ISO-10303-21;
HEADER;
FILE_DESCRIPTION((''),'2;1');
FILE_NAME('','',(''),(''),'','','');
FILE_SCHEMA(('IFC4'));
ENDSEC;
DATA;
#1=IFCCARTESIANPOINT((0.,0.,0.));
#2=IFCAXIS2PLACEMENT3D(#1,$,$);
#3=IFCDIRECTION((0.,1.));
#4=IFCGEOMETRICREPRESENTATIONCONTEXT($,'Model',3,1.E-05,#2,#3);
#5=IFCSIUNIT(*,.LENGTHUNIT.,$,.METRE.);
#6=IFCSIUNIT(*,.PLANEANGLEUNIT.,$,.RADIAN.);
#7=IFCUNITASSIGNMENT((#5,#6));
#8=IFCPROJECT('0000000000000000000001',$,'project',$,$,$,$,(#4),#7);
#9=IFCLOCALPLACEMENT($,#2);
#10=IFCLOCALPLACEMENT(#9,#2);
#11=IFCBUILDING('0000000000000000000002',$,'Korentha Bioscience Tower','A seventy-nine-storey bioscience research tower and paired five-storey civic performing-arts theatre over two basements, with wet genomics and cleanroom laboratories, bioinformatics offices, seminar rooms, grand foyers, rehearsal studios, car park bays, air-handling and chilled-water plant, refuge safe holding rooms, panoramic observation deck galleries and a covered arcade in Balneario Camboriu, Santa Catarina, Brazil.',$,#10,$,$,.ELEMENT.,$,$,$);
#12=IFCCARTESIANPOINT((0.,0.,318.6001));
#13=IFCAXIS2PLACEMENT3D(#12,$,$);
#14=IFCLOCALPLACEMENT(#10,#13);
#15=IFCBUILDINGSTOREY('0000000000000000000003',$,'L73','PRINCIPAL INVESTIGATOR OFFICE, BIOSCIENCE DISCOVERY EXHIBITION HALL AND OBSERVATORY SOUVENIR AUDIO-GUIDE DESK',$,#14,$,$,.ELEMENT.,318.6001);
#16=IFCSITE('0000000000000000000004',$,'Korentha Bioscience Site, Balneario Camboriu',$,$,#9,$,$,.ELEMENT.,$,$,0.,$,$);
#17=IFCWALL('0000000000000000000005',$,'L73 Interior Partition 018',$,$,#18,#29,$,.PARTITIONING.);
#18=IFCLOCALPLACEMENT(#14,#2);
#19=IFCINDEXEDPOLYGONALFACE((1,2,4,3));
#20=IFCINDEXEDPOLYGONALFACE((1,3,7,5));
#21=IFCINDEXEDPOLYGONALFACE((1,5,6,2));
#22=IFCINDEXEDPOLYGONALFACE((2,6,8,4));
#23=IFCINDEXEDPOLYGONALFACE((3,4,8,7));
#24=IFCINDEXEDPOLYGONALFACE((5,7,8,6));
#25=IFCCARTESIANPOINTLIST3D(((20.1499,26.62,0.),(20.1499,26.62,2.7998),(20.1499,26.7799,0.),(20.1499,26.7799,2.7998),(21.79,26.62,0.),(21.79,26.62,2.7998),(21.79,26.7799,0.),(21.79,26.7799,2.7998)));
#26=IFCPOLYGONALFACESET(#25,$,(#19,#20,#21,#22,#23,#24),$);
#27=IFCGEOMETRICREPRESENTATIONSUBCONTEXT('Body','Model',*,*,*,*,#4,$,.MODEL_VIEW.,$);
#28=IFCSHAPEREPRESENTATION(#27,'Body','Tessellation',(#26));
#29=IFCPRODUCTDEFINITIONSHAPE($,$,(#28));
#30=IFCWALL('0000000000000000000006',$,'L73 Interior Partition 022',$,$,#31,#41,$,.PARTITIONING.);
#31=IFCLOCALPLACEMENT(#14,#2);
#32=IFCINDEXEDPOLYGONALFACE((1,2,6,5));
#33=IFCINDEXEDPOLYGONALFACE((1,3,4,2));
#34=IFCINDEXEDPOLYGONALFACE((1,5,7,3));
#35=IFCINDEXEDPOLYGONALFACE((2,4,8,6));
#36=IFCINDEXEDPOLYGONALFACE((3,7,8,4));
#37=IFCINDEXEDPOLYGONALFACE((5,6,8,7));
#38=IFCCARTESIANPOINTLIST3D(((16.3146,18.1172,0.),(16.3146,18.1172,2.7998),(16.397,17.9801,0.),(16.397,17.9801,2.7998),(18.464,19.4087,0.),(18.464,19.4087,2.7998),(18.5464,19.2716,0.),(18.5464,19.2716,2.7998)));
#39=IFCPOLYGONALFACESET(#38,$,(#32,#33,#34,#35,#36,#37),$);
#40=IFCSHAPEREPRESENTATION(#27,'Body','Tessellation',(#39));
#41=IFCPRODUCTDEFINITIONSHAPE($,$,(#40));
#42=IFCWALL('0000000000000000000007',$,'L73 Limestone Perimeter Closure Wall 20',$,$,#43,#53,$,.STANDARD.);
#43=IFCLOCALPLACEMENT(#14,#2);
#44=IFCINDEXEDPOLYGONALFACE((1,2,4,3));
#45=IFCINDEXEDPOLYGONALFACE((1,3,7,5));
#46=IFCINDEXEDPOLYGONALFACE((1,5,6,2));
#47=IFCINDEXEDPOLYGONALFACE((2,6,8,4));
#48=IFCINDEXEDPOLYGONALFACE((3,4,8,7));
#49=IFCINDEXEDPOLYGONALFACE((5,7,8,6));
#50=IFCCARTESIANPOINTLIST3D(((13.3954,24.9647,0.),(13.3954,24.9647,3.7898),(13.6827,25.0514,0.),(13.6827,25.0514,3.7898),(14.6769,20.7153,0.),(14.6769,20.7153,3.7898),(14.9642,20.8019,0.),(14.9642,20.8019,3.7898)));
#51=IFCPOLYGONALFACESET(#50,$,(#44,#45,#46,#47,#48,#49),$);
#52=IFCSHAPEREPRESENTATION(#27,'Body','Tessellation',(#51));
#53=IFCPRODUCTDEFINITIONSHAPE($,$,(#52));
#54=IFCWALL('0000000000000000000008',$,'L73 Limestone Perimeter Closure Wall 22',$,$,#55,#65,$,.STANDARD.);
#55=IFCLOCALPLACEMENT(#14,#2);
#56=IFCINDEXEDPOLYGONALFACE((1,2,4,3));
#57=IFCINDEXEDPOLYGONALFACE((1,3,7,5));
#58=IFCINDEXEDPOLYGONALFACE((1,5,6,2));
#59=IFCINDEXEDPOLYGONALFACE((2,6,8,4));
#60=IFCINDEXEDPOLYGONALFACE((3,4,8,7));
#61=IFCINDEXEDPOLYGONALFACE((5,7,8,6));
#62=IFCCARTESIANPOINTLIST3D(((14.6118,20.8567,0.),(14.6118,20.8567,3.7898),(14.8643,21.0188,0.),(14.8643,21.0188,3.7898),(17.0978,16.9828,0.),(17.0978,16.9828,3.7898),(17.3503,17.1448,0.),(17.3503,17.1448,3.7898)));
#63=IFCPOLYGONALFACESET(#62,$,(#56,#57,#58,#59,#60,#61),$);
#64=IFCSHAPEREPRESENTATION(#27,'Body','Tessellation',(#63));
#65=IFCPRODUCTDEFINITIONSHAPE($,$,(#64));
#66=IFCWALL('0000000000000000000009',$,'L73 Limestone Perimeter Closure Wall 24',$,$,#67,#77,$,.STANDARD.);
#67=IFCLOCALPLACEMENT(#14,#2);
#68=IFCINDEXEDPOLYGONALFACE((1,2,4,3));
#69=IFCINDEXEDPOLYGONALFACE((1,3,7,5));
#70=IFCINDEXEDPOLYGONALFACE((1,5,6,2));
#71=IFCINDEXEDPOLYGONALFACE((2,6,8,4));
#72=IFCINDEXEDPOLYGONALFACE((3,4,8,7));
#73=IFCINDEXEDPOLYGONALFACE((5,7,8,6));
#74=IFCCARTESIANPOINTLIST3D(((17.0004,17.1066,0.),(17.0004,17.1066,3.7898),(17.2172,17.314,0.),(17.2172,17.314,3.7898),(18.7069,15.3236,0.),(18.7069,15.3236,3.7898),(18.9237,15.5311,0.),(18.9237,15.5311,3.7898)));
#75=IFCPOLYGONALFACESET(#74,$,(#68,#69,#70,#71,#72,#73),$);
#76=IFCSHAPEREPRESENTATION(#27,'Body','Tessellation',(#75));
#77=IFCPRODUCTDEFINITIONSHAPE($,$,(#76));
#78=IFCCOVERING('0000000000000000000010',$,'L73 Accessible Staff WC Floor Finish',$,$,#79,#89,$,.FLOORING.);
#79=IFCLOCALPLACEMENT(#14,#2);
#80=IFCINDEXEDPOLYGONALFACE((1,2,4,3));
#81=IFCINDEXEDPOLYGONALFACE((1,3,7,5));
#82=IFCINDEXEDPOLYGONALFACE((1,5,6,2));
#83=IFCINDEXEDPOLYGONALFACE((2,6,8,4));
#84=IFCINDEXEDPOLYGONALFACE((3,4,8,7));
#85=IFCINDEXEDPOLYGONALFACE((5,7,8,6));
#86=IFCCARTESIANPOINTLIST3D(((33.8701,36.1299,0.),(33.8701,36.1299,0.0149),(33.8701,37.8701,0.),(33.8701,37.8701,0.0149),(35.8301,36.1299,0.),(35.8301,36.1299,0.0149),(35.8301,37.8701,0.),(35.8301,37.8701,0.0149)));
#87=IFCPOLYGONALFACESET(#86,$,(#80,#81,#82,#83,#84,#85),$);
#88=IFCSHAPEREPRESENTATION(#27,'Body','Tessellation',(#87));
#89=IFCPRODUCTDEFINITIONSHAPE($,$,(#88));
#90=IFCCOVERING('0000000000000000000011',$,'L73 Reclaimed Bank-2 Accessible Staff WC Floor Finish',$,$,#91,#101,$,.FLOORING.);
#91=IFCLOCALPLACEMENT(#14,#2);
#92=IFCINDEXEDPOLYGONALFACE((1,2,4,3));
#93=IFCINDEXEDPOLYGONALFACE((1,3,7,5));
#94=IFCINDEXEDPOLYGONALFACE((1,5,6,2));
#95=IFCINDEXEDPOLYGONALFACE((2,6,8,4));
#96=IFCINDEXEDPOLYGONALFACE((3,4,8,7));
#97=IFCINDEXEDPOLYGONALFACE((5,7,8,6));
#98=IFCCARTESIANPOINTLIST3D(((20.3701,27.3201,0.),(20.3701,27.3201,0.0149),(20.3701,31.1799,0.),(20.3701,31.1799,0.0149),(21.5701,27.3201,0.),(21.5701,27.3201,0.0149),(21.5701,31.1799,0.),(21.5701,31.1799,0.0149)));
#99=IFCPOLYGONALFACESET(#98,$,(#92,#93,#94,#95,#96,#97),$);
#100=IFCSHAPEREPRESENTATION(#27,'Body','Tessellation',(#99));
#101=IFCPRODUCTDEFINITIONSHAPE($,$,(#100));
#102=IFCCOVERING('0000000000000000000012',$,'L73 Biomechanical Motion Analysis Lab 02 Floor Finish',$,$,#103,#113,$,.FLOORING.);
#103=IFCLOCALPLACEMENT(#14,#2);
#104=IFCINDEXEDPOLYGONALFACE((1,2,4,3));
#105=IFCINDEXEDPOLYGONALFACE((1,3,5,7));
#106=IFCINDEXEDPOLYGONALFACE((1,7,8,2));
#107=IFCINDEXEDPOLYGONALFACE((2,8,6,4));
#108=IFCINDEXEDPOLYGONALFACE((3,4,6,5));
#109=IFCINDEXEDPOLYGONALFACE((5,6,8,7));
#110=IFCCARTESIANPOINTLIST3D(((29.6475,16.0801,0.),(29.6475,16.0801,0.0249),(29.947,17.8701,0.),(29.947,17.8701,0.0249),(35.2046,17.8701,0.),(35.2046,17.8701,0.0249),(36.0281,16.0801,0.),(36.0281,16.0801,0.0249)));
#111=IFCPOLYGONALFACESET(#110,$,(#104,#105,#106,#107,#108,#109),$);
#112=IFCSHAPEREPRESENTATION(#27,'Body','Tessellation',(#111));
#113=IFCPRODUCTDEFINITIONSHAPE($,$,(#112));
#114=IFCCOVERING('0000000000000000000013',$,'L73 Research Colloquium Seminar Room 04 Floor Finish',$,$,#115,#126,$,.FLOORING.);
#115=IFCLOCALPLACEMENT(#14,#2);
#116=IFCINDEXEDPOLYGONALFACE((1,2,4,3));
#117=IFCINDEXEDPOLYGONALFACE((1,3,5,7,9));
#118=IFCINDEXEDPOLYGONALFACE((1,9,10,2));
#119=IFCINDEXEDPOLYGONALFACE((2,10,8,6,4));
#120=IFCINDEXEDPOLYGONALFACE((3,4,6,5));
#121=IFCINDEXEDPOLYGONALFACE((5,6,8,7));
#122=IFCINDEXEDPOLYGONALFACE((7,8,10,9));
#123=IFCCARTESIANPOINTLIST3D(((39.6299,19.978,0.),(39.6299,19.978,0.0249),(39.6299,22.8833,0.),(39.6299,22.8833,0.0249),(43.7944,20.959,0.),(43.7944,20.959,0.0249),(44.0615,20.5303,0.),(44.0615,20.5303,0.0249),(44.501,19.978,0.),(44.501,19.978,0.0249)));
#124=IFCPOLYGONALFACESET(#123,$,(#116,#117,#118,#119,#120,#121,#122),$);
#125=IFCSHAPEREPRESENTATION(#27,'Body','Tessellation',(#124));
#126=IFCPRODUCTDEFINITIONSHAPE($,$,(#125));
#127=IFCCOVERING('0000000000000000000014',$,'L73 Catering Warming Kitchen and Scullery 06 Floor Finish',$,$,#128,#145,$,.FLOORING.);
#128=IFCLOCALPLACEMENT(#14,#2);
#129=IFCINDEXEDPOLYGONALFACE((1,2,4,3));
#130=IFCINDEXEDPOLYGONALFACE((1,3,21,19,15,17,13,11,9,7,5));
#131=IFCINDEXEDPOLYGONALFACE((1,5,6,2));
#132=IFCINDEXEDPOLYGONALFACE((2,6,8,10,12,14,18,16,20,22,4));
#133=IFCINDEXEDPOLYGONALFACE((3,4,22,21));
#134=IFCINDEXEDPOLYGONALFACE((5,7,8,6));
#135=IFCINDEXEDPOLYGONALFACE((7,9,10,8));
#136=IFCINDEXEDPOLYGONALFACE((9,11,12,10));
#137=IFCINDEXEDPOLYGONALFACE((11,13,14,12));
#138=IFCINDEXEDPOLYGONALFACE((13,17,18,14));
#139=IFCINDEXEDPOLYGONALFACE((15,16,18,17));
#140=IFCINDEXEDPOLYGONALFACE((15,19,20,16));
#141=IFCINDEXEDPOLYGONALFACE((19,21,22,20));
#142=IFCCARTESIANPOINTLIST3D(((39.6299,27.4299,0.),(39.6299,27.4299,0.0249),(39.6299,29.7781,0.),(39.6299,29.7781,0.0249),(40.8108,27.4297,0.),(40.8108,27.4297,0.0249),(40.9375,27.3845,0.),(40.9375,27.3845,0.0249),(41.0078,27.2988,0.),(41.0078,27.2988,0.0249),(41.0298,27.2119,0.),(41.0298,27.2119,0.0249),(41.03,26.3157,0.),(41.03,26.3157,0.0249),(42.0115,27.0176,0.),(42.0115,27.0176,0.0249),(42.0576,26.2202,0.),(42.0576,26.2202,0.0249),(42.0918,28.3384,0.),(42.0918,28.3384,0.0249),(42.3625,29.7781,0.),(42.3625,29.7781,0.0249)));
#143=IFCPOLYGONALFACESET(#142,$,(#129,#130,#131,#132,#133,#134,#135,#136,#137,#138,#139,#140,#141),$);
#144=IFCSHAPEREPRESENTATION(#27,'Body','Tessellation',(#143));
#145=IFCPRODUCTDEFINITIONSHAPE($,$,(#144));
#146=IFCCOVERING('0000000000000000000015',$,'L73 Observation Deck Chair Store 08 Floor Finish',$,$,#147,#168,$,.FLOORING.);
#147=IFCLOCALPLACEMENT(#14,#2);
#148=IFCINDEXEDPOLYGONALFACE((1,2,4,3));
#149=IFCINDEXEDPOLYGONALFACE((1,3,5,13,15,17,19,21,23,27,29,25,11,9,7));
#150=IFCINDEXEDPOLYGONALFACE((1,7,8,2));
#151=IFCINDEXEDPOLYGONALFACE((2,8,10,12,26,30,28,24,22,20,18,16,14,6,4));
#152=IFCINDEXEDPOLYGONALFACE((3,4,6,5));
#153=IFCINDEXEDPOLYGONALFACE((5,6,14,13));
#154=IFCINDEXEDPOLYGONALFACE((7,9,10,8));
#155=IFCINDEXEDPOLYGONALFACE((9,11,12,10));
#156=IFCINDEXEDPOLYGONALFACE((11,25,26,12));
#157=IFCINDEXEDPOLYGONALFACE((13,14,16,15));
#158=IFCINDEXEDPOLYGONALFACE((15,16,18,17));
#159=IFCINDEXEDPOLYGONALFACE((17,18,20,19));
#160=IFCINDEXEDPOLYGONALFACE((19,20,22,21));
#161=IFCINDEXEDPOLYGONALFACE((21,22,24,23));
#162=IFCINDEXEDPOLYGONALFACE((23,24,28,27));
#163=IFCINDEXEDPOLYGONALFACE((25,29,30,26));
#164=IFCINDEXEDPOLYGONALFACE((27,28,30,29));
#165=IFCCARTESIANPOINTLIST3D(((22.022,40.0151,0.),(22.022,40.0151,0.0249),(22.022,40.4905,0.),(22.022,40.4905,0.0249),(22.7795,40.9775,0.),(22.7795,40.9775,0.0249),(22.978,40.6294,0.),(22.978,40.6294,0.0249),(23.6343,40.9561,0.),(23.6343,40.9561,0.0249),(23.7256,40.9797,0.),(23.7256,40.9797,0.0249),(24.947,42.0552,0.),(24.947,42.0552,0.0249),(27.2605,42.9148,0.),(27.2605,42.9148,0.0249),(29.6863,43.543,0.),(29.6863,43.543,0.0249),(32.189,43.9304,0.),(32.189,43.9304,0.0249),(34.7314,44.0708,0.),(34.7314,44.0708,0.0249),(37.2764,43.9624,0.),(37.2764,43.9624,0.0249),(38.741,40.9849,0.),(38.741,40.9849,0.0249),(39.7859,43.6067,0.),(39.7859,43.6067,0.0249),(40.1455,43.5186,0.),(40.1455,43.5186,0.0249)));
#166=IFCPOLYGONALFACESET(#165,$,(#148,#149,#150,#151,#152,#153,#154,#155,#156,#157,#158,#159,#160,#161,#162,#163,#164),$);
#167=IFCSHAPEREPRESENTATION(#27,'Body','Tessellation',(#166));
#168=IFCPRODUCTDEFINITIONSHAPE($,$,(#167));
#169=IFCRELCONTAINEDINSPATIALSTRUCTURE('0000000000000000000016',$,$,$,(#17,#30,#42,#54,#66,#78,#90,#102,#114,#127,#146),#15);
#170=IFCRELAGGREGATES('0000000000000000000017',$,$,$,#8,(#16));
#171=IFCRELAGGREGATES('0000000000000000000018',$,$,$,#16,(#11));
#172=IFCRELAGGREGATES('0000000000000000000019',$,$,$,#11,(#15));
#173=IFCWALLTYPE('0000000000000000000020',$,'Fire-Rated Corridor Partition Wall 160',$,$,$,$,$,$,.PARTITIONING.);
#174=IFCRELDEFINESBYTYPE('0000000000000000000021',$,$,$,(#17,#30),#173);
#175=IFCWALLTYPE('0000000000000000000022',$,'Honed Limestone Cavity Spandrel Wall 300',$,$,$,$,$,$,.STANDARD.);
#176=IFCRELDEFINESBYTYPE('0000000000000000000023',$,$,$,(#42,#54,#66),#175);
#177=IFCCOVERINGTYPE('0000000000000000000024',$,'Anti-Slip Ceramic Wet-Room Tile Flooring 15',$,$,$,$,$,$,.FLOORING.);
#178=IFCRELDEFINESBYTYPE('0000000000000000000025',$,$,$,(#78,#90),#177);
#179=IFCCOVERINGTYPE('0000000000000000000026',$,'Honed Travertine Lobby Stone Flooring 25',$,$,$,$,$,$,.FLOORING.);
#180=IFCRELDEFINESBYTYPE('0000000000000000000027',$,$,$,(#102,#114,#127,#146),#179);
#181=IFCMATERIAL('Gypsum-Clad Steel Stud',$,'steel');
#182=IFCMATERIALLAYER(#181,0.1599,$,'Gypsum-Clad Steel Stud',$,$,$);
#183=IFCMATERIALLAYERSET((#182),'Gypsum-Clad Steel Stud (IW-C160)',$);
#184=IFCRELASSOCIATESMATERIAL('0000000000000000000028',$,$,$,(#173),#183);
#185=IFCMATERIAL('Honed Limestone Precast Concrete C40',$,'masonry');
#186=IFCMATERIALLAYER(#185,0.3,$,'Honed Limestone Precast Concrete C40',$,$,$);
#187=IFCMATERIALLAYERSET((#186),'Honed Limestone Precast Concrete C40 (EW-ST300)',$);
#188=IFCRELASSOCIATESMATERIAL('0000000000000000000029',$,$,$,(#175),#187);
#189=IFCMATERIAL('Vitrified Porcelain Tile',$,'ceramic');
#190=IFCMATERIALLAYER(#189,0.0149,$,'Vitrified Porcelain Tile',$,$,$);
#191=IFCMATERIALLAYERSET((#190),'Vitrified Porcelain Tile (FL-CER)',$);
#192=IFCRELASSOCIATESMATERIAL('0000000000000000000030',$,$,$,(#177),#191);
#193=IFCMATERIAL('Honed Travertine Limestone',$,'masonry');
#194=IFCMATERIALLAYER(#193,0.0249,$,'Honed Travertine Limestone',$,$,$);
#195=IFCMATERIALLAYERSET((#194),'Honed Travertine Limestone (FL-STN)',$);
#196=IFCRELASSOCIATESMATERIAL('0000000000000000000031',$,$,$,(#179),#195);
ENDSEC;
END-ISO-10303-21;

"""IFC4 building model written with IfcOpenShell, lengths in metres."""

from ifc_helpers import new_model, si_unit, direction, frame, frame_2d, origin, place, context, subcontext, project, spatial, polyline, rectangle, outline, extrude, material, layer, layer_set, type_object, element, save


model = new_model("IFC4")

# Units and contexts
model_context = context("Model", 3, precision=1e-05, world=origin(), true_north=direction((0.0, 1.0)))
body_context = subcontext(model_context, "Body", "Model", "MODEL_VIEW")
ifc_project = project(units=[si_unit("LENGTHUNIT", "METRE"), si_unit("PLANEANGLEUNIT", "RADIAN")], contexts=[model_context])

# Site, building, storey
site_placement = place(None, origin())
site = spatial("IfcSite", under=ifc_project, at=site_placement, Name="Korentha Bioscience Site, Balneario Camboriu", CompositionType="ELEMENT", RefElevation=0.0)
building_placement = place(site_placement, origin())
building = spatial("IfcBuilding", under=site, at=building_placement, Name="Korentha Bioscience Tower", Description="A seventy-nine-storey bioscience research tower and paired five-storey civic performing-arts theatre over two basements, with wet genomics and cleanroom laboratories, bioinformatics offices, seminar rooms, grand foyers, rehearsal studios, car park bays, air-handling and chilled-water plant, refuge safe holding rooms, panoramic observation deck galleries and a covered arcade in Balneario Camboriu, Santa Catarina, Brazil.", CompositionType="ELEMENT")
storey_placement = place(building_placement, frame((0.0, 0.0, 318.6001)))
storey = spatial("IfcBuildingStorey", under=building, at=storey_placement, Name="L73", Description="PRINCIPAL INVESTIGATOR OFFICE, BIOSCIENCE DISCOVERY EXHIBITION HALL AND OBSERVATORY SOUVENIR AUDIO-GUIDE DESK", CompositionType="ELEMENT", Elevation=318.6001)

# Shared definitions
ifc_material_1 = material(Name="Gypsum-Clad Steel Stud", Category="steel")
ifc_layer_1 = layer(ifc_material_1, 0.1599, Name="Gypsum-Clad Steel Stud")
ifc_layer_set_1 = layer_set([ifc_layer_1], Name="Gypsum-Clad Steel Stud (IW-C160)")
wall_type_1 = type_object("IfcWallType", Name="Fire-Rated Corridor Partition Wall 160", PredefinedType="PARTITIONING", material=ifc_layer_set_1)

# Walls
wall_1_placement = place(storey_placement, frame((20.1499, 26.7, 0.0), z_axis=(0.0, 0.0, 1.0), x_axis=(1.0, 0.0, 0.0)))
element("IfcWall", 1, at=wall_1_placement, inside=storey, type_object=wall_type_1, Name="L73 Interior Partition 018", PredefinedType="PARTITIONING", context=body_context, shape_type="SweptSolid", body=[
    extrude(rectangle(XDim=1.6401, YDim=0.1599, at=frame_2d((0.8201, 0.0))), origin(), (0.0, 0.0, 1.0), 2.7998),
])
wall_2_placement = place(storey_placement, frame((16.3557, 18.0486, 0.0), z_axis=(0.0, 0.0, 1.0), x_axis=(0.857166, 0.51504, 0.0)))
element("IfcWall", 2, at=wall_2_placement, inside=storey, type_object=wall_type_1, Name="L73 Interior Partition 022", PredefinedType="PARTITIONING", context=body_context, shape_type="SweptSolid", body=[
    extrude(rectangle(XDim=2.5076, YDim=0.1599, at=frame_2d((1.2539, 0.0))), origin(), (0.0, 0.0, 1.0), 2.7998),
])
ifc_material_2 = material(Name="Honed Limestone Precast Concrete C40", Category="masonry")
ifc_layer_2 = layer(ifc_material_2, 0.3, Name="Honed Limestone Precast Concrete C40")
ifc_layer_set_2 = layer_set([ifc_layer_2], Name="Honed Limestone Precast Concrete C40 (EW-ST300)")
wall_type_2 = type_object("IfcWallType", Name="Honed Limestone Cavity Spandrel Wall 300", PredefinedType="STANDARD", material=ifc_layer_set_2)
wall_3_placement = place(storey_placement, frame((13.5391, 25.0081, 0.0), z_axis=(0.0, 0.0, 1.0), x_axis=(0.28872, -0.957414, 0.0)))
element("IfcWall", 3, at=wall_3_placement, inside=storey, type_object=wall_type_2, Name="L73 Limestone Perimeter Closure Wall 20", PredefinedType="STANDARD", context=body_context, shape_type="SweptSolid", body=[
    extrude(rectangle(XDim=4.4385, YDim=0.3, at=frame_2d((2.2192, 0.0))), origin(), (0.0, 0.0, 1.0), 3.7898),
])
wall_4_placement = place(storey_placement, frame((14.738, 20.9377, 0.0), z_axis=(0.0, 0.0, 1.0), x_axis=(0.540087, -0.841609, 0.0)))
element("IfcWall", 4, at=wall_4_placement, inside=storey, type_object=wall_type_2, Name="L73 Limestone Perimeter Closure Wall 22", PredefinedType="STANDARD", context=body_context, shape_type="SweptSolid", body=[
    extrude(rectangle(XDim=4.603, YDim=0.3, at=frame_2d((2.3015, 0.0))), origin(), (0.0, 0.0, 1.0), 3.7898),
])
wall_5_placement = place(storey_placement, frame((17.1089, 17.2102, 0.0), z_axis=(0.0, 0.0, 1.0), x_axis=(0.691456, -0.722418, 0.0)))
element("IfcWall", 5, at=wall_5_placement, inside=storey, type_object=wall_type_2, Name="L73 Limestone Perimeter Closure Wall 24", PredefinedType="STANDARD", context=body_context, shape_type="SweptSolid", body=[
    extrude(rectangle(XDim=2.468, YDim=0.3, at=frame_2d((1.2339, 0.0))), origin(), (0.0, 0.0, 1.0), 3.7898),
])

# Coverings
ifc_material_3 = material(Name="Vitrified Porcelain Tile", Category="ceramic")
ifc_layer_3 = layer(ifc_material_3, 0.0149, Name="Vitrified Porcelain Tile")
ifc_layer_set_3 = layer_set([ifc_layer_3], Name="Vitrified Porcelain Tile (FL-CER)")
covering_type_1 = type_object("IfcCoveringType", Name="Anti-Slip Ceramic Wet-Room Tile Flooring 15", PredefinedType="FLOORING", material=ifc_layer_set_3)
covering_1_placement = place(storey_placement, origin())
element("IfcCovering", 6, at=covering_1_placement, inside=storey, type_object=covering_type_1, Name="L73 Accessible Staff WC Floor Finish", PredefinedType="FLOORING", context=body_context, shape_type="SweptSolid", body=[
    extrude(outline(polyline([(33.8701, 36.1299), (33.8701, 37.8701), (35.8301, 37.8701), (35.8301, 36.1299), (33.8701, 36.1299)])), origin(), (0.0, 0.0, 1.0), 0.0149),
])
covering_2_placement = place(storey_placement, origin())
element("IfcCovering", 7, at=covering_2_placement, inside=storey, type_object=covering_type_1, Name="L73 Reclaimed Bank-2 Accessible Staff WC Floor Finish", PredefinedType="FLOORING", context=body_context, shape_type="SweptSolid", body=[
    extrude(outline(polyline([(21.5701, 27.3201), (20.3701, 27.3201), (20.3701, 31.1799), (21.5701, 31.1799), (21.5701, 27.3201)])), origin(), (0.0, 0.0, 1.0), 0.0149),
])
ifc_material_4 = material(Name="Honed Travertine Limestone", Category="masonry")
ifc_layer_4 = layer(ifc_material_4, 0.0249, Name="Honed Travertine Limestone")
ifc_layer_set_4 = layer_set([ifc_layer_4], Name="Honed Travertine Limestone (FL-STN)")
covering_type_2 = type_object("IfcCoveringType", Name="Honed Travertine Lobby Stone Flooring 25", PredefinedType="FLOORING", material=ifc_layer_set_4)
covering_3_placement = place(storey_placement, origin())
element("IfcCovering", 8, at=covering_3_placement, inside=storey, type_object=covering_type_2, Name="L73 Biomechanical Motion Analysis Lab 02 Floor Finish", PredefinedType="FLOORING", context=body_context, shape_type="SweptSolid", body=[
    extrude(outline(polyline([(35.2046, 17.8701), (36.0281, 16.0801), (29.6475, 16.0801), (29.947, 17.8701), (35.2046, 17.8701)])), origin(), (0.0, 0.0, 1.0), 0.0249),
])
covering_4_placement = place(storey_placement, origin())
element("IfcCovering", 9, at=covering_4_placement, inside=storey, type_object=covering_type_2, Name="L73 Research Colloquium Seminar Room 04 Floor Finish", PredefinedType="FLOORING", context=body_context, shape_type="SweptSolid", body=[
    extrude(outline(polyline([(44.0615, 20.5303), (44.501, 19.978), (39.6299, 19.978), (39.6299, 22.8833), (43.7944, 20.959), (44.0615, 20.5303)])), origin(), (0.0, 0.0, 1.0), 0.0249),
])
covering_5_placement = place(storey_placement, origin())
element("IfcCovering", 10, at=covering_5_placement, inside=storey, type_object=covering_type_2, Name="L73 Catering Warming Kitchen and Scullery 06 Floor Finish", PredefinedType="FLOORING", context=body_context, shape_type="SweptSolid", body=[
    extrude(outline(polyline([(42.3625, 29.7781), (42.0918, 28.3384), (42.0115, 27.0176), (42.0576, 26.2202), (41.03, 26.3157), (41.0298, 27.2119), (41.0078, 27.2988), (40.9375, 27.3845), (40.8108, 27.4297), (39.6299, 27.4299), (39.6299, 29.7781), (42.3625, 29.7781)])), origin(), (0.0, 0.0, 1.0), 0.0249),
])
covering_6_placement = place(storey_placement, origin())
element("IfcCovering", 11, at=covering_6_placement, inside=storey, type_object=covering_type_2, Name="L73 Observation Deck Chair Store 08 Floor Finish", PredefinedType="FLOORING", context=body_context, shape_type="SweptSolid", body=[
    extrude(outline(polyline([(22.7795, 40.9775), (24.947, 42.0552), (27.2605, 42.9148), (29.6863, 43.543), (32.189, 43.9304), (34.7314, 44.0708), (37.2764, 43.9624), (39.7859, 43.6067), (40.1455, 43.5186), (38.741, 40.9849), (23.7256, 40.9797), (23.6343, 40.9561), (22.978, 40.6294), (22.022, 40.0151), (22.022, 40.4905), (22.7795, 40.9775)])), origin(), (0.0, 0.0, 1.0), 0.0249),
])

save(model, "model.ifc")
